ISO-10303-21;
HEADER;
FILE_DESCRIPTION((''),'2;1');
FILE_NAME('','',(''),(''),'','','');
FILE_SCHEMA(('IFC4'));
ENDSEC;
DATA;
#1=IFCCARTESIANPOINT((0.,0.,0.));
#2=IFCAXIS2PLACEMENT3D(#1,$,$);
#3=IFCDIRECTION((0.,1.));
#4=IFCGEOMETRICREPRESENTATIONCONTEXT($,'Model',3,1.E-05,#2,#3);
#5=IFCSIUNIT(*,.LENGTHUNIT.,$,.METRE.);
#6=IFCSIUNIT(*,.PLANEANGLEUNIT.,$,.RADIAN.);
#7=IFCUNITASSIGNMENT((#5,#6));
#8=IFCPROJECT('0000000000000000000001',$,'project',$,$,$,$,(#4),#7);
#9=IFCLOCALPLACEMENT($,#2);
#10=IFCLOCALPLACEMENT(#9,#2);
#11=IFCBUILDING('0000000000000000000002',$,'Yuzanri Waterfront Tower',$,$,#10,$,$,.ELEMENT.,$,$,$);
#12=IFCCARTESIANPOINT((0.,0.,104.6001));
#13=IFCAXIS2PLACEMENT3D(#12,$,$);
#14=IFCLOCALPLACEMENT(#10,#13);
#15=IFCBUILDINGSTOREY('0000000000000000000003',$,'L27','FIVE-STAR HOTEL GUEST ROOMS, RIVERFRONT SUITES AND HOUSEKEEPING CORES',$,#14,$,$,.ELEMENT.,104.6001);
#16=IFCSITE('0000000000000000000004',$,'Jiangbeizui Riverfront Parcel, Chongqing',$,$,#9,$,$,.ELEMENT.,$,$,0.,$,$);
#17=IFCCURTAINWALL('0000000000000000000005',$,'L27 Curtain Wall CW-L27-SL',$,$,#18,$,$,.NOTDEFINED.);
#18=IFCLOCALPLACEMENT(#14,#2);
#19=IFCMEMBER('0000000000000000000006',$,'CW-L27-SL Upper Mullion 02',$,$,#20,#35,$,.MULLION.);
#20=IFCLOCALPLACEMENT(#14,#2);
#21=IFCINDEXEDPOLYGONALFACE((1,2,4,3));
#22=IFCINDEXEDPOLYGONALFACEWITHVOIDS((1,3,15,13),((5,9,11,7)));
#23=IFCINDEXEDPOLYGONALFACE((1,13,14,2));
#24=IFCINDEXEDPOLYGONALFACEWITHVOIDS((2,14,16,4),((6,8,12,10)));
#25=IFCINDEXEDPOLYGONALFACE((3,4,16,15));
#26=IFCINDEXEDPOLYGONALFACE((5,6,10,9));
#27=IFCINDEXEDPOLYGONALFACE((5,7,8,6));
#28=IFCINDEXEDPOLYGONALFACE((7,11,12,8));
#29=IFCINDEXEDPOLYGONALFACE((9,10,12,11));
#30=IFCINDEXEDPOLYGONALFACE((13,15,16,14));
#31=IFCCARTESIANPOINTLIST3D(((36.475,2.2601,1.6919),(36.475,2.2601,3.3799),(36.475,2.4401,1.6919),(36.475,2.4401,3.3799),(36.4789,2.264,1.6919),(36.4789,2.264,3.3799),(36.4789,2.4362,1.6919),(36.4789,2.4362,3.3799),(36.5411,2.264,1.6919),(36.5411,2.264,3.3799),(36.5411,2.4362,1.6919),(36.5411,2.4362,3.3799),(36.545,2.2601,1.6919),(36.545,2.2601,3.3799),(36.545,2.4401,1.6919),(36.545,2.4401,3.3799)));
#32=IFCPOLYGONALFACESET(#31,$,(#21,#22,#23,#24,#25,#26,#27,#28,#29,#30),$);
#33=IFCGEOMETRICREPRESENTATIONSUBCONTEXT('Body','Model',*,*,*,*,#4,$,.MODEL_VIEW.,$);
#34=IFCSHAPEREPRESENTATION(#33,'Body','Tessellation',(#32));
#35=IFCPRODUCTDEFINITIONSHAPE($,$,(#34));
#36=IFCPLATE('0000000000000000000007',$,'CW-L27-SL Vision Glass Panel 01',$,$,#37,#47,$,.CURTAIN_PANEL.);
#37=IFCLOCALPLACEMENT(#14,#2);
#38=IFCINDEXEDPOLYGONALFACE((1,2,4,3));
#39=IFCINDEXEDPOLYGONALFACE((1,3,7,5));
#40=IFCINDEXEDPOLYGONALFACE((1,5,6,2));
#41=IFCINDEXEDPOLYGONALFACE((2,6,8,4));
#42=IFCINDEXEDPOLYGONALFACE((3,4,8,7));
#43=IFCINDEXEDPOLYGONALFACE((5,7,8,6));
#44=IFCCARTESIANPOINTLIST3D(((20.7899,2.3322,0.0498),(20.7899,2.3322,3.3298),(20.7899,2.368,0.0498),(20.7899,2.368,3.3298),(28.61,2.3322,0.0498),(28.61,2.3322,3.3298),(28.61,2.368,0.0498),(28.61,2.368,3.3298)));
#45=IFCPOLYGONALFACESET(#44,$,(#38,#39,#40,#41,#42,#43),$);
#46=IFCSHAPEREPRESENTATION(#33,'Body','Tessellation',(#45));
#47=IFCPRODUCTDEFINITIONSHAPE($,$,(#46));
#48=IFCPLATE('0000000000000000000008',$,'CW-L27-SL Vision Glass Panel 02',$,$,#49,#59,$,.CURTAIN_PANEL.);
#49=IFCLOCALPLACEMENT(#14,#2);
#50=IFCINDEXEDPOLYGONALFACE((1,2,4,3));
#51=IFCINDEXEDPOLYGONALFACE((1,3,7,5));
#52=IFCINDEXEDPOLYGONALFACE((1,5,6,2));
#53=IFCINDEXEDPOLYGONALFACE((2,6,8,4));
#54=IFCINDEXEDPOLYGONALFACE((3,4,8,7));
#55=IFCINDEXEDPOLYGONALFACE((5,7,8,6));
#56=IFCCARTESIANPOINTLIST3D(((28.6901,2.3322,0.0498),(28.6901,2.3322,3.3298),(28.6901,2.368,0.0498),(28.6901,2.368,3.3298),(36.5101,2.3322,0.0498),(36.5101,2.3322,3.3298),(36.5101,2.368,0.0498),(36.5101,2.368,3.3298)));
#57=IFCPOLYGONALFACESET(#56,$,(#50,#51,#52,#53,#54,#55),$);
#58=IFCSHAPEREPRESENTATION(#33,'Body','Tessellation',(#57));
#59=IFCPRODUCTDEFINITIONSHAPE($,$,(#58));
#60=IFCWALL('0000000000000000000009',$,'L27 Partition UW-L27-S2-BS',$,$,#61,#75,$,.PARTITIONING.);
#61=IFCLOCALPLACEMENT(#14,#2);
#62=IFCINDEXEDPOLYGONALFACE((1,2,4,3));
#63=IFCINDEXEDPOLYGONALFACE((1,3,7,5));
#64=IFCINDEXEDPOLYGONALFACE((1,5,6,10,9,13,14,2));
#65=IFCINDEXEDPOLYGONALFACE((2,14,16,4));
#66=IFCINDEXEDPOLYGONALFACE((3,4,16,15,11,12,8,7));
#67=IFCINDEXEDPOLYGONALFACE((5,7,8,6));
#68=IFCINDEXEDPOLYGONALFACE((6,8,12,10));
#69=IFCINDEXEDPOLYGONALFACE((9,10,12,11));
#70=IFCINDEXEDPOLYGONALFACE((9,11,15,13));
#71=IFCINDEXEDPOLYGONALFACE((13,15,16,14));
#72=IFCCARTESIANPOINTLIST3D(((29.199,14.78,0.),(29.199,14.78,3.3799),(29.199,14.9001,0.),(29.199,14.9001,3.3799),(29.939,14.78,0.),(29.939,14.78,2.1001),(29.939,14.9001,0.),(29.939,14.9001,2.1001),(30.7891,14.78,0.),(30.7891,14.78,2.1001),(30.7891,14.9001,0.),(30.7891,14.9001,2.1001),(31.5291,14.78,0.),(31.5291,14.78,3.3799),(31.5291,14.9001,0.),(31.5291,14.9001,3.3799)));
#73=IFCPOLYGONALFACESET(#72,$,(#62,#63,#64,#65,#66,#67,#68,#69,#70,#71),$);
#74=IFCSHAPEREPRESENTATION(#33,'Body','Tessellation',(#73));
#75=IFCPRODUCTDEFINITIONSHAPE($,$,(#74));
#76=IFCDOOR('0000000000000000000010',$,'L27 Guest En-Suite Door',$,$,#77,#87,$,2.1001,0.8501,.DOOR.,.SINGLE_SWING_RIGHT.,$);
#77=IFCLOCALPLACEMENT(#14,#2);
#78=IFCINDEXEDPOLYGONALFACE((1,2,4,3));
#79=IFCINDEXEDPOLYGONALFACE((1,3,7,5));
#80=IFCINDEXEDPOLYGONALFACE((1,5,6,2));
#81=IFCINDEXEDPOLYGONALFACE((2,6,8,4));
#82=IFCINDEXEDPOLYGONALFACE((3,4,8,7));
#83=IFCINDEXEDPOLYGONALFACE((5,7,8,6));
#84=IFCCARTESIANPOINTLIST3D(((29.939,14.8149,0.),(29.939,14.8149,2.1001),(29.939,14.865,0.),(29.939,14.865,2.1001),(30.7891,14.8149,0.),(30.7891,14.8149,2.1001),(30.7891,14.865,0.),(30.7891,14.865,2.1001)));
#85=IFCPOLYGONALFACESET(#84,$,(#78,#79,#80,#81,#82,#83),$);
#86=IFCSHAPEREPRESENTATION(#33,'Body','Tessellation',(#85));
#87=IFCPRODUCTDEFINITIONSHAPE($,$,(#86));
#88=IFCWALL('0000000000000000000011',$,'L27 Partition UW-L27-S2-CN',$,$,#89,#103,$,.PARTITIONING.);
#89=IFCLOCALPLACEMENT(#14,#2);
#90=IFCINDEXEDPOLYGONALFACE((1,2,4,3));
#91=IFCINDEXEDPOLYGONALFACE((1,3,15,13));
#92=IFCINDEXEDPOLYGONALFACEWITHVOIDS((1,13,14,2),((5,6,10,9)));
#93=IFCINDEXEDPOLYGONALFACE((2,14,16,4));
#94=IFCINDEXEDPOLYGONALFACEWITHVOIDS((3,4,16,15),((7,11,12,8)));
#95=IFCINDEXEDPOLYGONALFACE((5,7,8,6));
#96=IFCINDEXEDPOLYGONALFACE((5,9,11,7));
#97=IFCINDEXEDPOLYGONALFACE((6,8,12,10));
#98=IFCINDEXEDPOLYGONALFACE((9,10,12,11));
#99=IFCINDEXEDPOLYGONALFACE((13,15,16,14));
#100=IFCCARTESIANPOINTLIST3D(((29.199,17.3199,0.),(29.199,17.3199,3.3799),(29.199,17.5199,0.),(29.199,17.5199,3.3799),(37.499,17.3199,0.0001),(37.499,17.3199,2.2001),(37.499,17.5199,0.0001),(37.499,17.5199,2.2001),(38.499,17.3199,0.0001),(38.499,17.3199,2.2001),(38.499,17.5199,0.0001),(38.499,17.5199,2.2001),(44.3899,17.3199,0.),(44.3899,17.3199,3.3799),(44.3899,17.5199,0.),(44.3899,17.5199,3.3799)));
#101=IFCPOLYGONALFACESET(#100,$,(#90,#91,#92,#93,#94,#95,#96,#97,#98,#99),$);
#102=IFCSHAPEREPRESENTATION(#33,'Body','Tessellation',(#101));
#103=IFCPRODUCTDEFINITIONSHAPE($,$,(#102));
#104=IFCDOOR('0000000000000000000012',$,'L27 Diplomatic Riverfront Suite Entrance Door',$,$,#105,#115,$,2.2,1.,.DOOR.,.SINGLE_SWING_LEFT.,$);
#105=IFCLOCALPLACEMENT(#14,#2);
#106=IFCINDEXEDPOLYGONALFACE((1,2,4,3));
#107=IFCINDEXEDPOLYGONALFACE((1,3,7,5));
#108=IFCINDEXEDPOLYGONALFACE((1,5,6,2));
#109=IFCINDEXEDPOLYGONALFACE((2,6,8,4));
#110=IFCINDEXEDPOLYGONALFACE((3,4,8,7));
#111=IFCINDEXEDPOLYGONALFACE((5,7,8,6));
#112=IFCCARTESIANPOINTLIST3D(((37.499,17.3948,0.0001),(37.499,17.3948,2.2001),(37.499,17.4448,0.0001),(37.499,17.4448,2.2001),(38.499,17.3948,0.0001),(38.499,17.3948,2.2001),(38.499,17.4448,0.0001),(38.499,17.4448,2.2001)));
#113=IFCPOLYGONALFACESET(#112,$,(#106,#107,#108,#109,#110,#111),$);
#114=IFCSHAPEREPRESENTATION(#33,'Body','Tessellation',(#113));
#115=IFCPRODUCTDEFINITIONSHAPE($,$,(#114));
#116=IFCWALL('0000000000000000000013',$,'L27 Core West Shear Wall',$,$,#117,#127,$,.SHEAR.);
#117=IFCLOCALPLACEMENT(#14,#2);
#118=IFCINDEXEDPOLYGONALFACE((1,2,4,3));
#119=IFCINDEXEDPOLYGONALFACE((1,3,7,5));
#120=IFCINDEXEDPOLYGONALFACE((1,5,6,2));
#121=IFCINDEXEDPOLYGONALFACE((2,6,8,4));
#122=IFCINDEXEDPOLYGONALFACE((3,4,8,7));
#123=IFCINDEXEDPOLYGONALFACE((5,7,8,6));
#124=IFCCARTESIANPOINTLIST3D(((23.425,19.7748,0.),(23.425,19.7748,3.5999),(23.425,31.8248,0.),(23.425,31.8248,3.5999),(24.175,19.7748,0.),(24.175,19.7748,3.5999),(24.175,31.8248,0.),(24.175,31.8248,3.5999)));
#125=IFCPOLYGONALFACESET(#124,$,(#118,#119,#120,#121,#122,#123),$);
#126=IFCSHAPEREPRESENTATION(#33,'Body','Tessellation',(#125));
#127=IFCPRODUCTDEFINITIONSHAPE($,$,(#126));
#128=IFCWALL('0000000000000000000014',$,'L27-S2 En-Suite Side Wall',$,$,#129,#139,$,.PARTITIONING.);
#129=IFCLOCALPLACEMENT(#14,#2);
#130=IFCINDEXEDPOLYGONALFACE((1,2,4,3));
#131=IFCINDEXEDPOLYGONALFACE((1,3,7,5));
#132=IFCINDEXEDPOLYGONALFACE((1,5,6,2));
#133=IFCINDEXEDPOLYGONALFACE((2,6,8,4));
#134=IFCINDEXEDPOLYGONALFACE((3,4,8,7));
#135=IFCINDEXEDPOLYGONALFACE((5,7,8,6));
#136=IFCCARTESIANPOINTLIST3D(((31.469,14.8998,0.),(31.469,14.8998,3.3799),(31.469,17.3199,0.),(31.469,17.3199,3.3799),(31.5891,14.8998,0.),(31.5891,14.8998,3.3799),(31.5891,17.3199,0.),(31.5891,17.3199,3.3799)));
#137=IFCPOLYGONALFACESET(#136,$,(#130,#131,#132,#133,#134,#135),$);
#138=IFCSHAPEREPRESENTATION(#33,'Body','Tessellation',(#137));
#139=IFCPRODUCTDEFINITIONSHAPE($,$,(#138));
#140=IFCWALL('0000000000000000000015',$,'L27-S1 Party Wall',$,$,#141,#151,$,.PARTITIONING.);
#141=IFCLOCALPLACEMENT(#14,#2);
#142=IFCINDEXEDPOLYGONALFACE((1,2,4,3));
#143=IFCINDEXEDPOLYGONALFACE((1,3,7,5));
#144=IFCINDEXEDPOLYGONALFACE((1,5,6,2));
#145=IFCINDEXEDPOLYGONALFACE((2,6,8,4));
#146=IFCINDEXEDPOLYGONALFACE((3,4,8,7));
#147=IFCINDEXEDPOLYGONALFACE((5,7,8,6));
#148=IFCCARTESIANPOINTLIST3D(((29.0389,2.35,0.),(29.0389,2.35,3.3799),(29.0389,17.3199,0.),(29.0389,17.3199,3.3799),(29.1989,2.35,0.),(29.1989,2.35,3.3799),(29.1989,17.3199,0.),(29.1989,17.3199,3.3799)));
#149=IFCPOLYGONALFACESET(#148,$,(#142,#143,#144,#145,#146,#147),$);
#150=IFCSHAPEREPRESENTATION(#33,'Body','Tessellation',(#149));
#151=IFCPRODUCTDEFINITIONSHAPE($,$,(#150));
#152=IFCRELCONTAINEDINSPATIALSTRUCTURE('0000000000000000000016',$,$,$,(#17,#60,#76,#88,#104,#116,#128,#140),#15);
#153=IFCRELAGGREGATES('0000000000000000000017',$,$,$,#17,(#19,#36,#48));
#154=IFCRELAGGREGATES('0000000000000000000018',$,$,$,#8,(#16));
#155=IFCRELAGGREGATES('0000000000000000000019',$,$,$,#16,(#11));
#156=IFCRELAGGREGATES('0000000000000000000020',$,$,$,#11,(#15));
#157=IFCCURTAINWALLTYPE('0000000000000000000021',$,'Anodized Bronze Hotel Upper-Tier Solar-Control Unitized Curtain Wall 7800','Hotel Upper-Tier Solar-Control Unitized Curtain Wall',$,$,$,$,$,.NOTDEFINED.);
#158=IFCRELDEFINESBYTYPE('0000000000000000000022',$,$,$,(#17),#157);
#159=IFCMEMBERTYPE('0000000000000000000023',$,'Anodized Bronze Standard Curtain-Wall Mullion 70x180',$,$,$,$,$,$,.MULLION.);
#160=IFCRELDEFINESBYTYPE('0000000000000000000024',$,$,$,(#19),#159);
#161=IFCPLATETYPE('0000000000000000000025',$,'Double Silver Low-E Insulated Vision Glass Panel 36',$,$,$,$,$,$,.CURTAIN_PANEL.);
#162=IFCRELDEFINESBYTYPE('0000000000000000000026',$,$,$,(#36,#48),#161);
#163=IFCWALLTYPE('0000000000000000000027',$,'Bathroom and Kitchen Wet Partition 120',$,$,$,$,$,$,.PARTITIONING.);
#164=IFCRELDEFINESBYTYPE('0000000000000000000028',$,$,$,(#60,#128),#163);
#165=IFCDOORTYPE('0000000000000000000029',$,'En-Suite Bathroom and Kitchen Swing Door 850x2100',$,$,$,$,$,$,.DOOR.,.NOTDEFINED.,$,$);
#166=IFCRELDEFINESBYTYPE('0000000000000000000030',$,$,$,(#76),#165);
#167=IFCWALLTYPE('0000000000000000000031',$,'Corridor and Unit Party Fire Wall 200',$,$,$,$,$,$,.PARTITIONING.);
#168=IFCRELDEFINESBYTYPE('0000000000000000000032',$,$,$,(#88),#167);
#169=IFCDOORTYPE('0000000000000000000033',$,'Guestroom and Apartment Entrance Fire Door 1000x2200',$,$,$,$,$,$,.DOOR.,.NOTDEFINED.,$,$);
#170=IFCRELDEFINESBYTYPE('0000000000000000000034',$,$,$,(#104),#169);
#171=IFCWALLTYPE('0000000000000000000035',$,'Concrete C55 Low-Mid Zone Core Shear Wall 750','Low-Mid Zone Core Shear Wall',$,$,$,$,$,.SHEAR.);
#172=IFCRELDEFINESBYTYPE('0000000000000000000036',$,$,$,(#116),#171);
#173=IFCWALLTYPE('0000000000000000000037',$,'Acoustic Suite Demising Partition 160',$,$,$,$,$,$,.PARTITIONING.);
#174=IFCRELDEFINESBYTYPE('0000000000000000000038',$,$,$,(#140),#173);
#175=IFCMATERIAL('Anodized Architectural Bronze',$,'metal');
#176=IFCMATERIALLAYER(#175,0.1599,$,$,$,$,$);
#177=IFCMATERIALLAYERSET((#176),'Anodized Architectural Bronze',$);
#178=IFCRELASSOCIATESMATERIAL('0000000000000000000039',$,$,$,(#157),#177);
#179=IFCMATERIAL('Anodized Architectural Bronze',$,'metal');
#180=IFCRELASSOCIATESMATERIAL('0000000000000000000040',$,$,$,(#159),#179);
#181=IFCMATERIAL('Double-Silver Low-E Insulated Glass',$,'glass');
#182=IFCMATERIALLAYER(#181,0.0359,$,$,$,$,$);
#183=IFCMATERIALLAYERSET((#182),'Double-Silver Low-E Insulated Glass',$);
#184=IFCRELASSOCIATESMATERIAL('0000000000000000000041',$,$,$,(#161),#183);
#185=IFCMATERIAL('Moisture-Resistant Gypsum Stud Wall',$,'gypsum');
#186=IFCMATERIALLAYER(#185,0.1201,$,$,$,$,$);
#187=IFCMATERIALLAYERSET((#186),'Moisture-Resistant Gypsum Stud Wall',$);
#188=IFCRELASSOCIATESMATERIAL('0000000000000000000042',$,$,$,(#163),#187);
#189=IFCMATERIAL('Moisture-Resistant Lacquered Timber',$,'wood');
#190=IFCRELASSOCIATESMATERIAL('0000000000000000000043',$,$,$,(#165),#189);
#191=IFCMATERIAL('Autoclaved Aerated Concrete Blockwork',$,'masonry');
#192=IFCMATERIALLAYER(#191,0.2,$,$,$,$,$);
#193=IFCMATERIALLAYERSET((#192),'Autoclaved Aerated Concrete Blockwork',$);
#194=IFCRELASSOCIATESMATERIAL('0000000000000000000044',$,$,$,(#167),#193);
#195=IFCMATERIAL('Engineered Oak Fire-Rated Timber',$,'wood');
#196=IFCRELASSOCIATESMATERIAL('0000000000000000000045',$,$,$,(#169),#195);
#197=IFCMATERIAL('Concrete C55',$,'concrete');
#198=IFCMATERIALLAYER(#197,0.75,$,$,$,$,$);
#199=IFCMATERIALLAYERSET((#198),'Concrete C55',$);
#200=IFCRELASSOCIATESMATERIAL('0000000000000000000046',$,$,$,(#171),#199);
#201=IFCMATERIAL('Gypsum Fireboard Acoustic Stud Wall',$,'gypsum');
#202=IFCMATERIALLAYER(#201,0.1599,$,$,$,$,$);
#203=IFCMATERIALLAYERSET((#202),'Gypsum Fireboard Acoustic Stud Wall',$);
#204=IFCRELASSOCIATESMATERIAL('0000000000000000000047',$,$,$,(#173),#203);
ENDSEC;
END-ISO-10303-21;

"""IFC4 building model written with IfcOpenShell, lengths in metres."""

from ifc_helpers import new_model, si_unit, direction, frame, frame_2d, origin, origin_2d, place, context, subcontext, project, spatial, rectangle, hollow_rectangle, extrude, source, transform, mapped, material, layer, layer_set, material_profile, profile_set, type_object, element, fill, aggregate, save


model = new_model("IFC4")

# Units and contexts
model_context = context("Model", 3, precision=1e-05, world=origin(), true_north=direction((0.0, 1.0)))
body_context = subcontext(model_context, "Body", "Model", "MODEL_VIEW")
ifc_project = project(units=[si_unit("LENGTHUNIT", "METRE"), si_unit("PLANEANGLEUNIT", "RADIAN")], contexts=[model_context])

# Site, building, storey
site_placement = place(None, origin())
site = spatial("IfcSite", under=ifc_project, at=site_placement, Name="Jiangbeizui Riverfront Parcel, Chongqing", CompositionType="ELEMENT", RefElevation=0.0)
building_placement = place(site_placement, origin())
building = spatial("IfcBuilding", under=site, at=building_placement, Name="Yuzanri Waterfront Tower", CompositionType="ELEMENT")
storey_placement = place(building_placement, frame((0.0, 0.0, 104.6001)))
storey = spatial("IfcBuildingStorey", under=building, at=storey_placement, Name="L27", Description="FIVE-STAR HOTEL GUEST ROOMS, RIVERFRONT SUITES AND HOUSEKEEPING CORES", CompositionType="ELEMENT", Elevation=104.6001)

# Curtain wall, member, plates
ifc_material_1 = material(Name="Anodized Architectural Bronze", Category="metal")
ifc_layer_1 = layer(ifc_material_1, 0.1599)
ifc_layer_set_1 = layer_set([ifc_layer_1], Name="Anodized Architectural Bronze")
curtain_wall_type = type_object("IfcCurtainWallType", Name="Anodized Bronze Hotel Upper-Tier Solar-Control Unitized Curtain Wall 7800", Description="Hotel Upper-Tier Solar-Control Unitized Curtain Wall", PredefinedType="NOTDEFINED", material=ifc_layer_set_1)
curtain_wall_placement = place(storey_placement, origin())
curtain_wall = element("IfcCurtainWall", 1, at=curtain_wall_placement, inside=storey, type_object=curtain_wall_type, Name="L27 Curtain Wall CW-L27-SL", PredefinedType="NOTDEFINED")
ifc_material_2 = material(Name="Anodized Architectural Bronze", Category="metal")
ifc_material_profile_1 = material_profile(ifc_material_2, hollow_rectangle(XDim=0.0701, YDim=0.1799, WallThickness=0.0039, at=origin_2d()), Name="CWM 70x180")
ifc_profile_set_1 = profile_set([ifc_material_profile_1], Name="Anodized Architectural Bronze")
member_type = type_object("IfcMemberType", Name="Anodized Bronze Standard Curtain-Wall Mullion 70x180", PredefinedType="MULLION", material=ifc_profile_set_1)
shared_shape_1 = source(origin(), body_context, "Body", "SweptSolid", [
    extrude(hollow_rectangle(XDim=0.0701, YDim=0.1799, WallThickness=0.0039, at=origin_2d()), origin(), (0.0, 0.0, 1.0), 1.688),
])
member_1_placement = place(storey_placement, frame((36.51, 2.3501, 1.6919), z_axis=(0.0, 0.0, 1.0), x_axis=(1.0, 0.0, 0.0)))
member_1 = element("IfcMember", 2, at=member_1_placement, type_object=member_type, Name="CW-L27-SL Upper Mullion 02", PredefinedType="MULLION", context=body_context, shape_type="MappedRepresentation", body=[
    mapped(shared_shape_1, transform((0.0, 0.0, 0.0), scale=1.0)),
])
ifc_material_3 = material(Name="Double-Silver Low-E Insulated Glass", Category="glass")
ifc_layer_2 = layer(ifc_material_3, 0.0359)
ifc_layer_set_2 = layer_set([ifc_layer_2], Name="Double-Silver Low-E Insulated Glass")
plate_type = type_object("IfcPlateType", Name="Double Silver Low-E Insulated Vision Glass Panel 36", PredefinedType="CURTAIN_PANEL", material=ifc_layer_set_2)
shared_shape_2 = source(origin(), body_context, "Body", "SweptSolid", [
    extrude(rectangle(XDim=7.8201, YDim=0.0359, at=origin_2d()), origin(), (0.0, 0.0, 1.0), 3.28),
])
plate_1_placement = place(storey_placement, frame((24.7, 2.3501, 0.0498), z_axis=(0.0, 0.0, 1.0), x_axis=(1.0, 0.0, 0.0)))
plate_1 = element("IfcPlate", 3, at=plate_1_placement, type_object=plate_type, Name="CW-L27-SL Vision Glass Panel 01", PredefinedType="CURTAIN_PANEL", context=body_context, shape_type="MappedRepresentation", body=[
    mapped(shared_shape_2, transform((0.0, 0.0, 0.0), scale=1.0)),
])
plate_2_placement = place(storey_placement, frame((32.6001, 2.3501, 0.0498), z_axis=(0.0, 0.0, 1.0), x_axis=(1.0, 0.0, 0.0)))
plate_2 = element("IfcPlate", 4, at=plate_2_placement, type_object=plate_type, Name="CW-L27-SL Vision Glass Panel 02", PredefinedType="CURTAIN_PANEL", context=body_context, shape_type="MappedRepresentation", body=[
    mapped(shared_shape_2, transform((0.0, 0.0, 0.0), scale=1.0)),
])
aggregate(curtain_wall, [member_1, plate_1, plate_2])

# Walls, openings, doors
ifc_material_4 = material(Name="Moisture-Resistant Gypsum Stud Wall", Category="gypsum")
ifc_layer_3 = layer(ifc_material_4, 0.1201)
ifc_layer_set_3 = layer_set([ifc_layer_3], Name="Moisture-Resistant Gypsum Stud Wall")
wall_type_1 = type_object("IfcWallType", Name="Bathroom and Kitchen Wet Partition 120", PredefinedType="PARTITIONING", material=ifc_layer_set_3)
wall_1_placement = place(storey_placement, frame((29.199, 14.8401, 0.0), z_axis=(0.0, 0.0, 1.0), x_axis=(1.0, 0.0, 0.0)))
wall_1 = element("IfcWall", 5, at=wall_1_placement, inside=storey, type_object=wall_type_1, Name="L27 Partition UW-L27-S2-BS", PredefinedType="PARTITIONING", context=body_context, shape_type="SweptSolid", body=[
    extrude(rectangle(XDim=2.3301, YDim=0.1201, at=frame_2d((1.165, 0.0))), origin(), (0.0, 0.0, 1.0), 3.3799),
])
opening_1_placement = place(wall_1_placement, frame((0.74, 0.0, 0.0)))
opening_1 = element("IfcOpeningElement", 6, at=opening_1_placement, cuts=wall_1, PredefinedType="OPENING", context=body_context, shape_type="SweptSolid", body=[
    extrude(rectangle(XDim=0.8501, YDim=2.1001, at=frame_2d((0.425, 1.05))), frame((0.0, 0.075, 0.0), z_axis=(0.0, -1.0, 0.0), x_axis=(1.0, 0.0, 0.0)), (0.0, 0.0, 1.0), 0.1499),
])
ifc_material_5 = material(Name="Moisture-Resistant Lacquered Timber", Category="wood")
door_type_1 = type_object("IfcDoorType", Name="En-Suite Bathroom and Kitchen Swing Door 850x2100", OperationType="NOTDEFINED", PredefinedType="DOOR", material=ifc_material_5)
shared_shape_3 = source(origin(), body_context, "Body", "SweptSolid", [
    extrude(rectangle(XDim=0.8501, YDim=2.1001, at=frame_2d((0.425, 1.05))), frame((0.0, 0.0249, 0.0), z_axis=(0.0, -1.0, 0.0), x_axis=(1.0, 0.0, 0.0)), (0.0, 0.0, 1.0), 0.05),
])
door_1_placement = place(opening_1_placement, origin())
door_1 = element("IfcDoor", 7, at=door_1_placement, inside=storey, type_object=door_type_1, Name="L27 Guest En-Suite Door", OperationType="SINGLE_SWING_RIGHT", OverallHeight=2.1001, OverallWidth=0.8501, PredefinedType="DOOR", context=body_context, shape_type="MappedRepresentation", body=[
    mapped(shared_shape_3, transform((0.0, 0.0, 0.0), scale=1.0)),
])
fill(opening_1, door_1)
ifc_material_6 = material(Name="Autoclaved Aerated Concrete Blockwork", Category="masonry")
ifc_layer_4 = layer(ifc_material_6, 0.2)
ifc_layer_set_4 = layer_set([ifc_layer_4], Name="Autoclaved Aerated Concrete Blockwork")
wall_type_2 = type_object("IfcWallType", Name="Corridor and Unit Party Fire Wall 200", PredefinedType="PARTITIONING", material=ifc_layer_set_4)
wall_2_placement = place(storey_placement, frame((29.199, 17.4199, 0.0), z_axis=(0.0, 0.0, 1.0), x_axis=(1.0, 0.0, 0.0)))
wall_2 = element("IfcWall", 8, at=wall_2_placement, inside=storey, type_object=wall_type_2, Name="L27 Partition UW-L27-S2-CN", PredefinedType="PARTITIONING", context=body_context, shape_type="SweptSolid", body=[
    extrude(rectangle(XDim=15.1909, YDim=0.2, at=frame_2d((7.5955, 0.0))), origin(), (0.0, 0.0, 1.0), 3.3799),
])
opening_2_placement = place(wall_2_placement, frame((8.3, 0.0, 0.0)))
opening_2 = element("IfcOpeningElement", 9, at=opening_2_placement, cuts=wall_2, PredefinedType="OPENING", context=body_context, shape_type="SweptSolid", body=[
    extrude(rectangle(XDim=1.0, YDim=2.2, at=frame_2d((0.5, 1.1001))), frame((0.0, 0.1147, 0.0), z_axis=(0.0, -1.0, 0.0), x_axis=(1.0, 0.0, 0.0)), (0.0, 0.0, 1.0), 0.2297),
])
ifc_material_7 = material(Name="Engineered Oak Fire-Rated Timber", Category="wood")
door_type_2 = type_object("IfcDoorType", Name="Guestroom and Apartment Entrance Fire Door 1000x2200", OperationType="NOTDEFINED", PredefinedType="DOOR", material=ifc_material_7)
shared_shape_4 = source(origin(), body_context, "Body", "SweptSolid", [
    extrude(rectangle(XDim=1.0, YDim=2.2, at=frame_2d((0.5, 1.1001))), frame((0.0, 0.0249, 0.0), z_axis=(0.0, -1.0, 0.0), x_axis=(1.0, 0.0, 0.0)), (0.0, 0.0, 1.0), 0.05),
])
door_2_placement = place(opening_2_placement, origin())
door_2 = element("IfcDoor", 10, at=door_2_placement, inside=storey, type_object=door_type_2, Name="L27 Diplomatic Riverfront Suite Entrance Door", OperationType="SINGLE_SWING_LEFT", OverallHeight=2.2, OverallWidth=1.0, PredefinedType="DOOR", context=body_context, shape_type="MappedRepresentation", body=[
    mapped(shared_shape_4, transform((0.0, 0.0, 0.0), scale=1.0)),
])
fill(opening_2, door_2)

# Walls
ifc_material_8 = material(Name="Concrete C55", Category="concrete")
ifc_layer_5 = layer(ifc_material_8, 0.75)
ifc_layer_set_5 = layer_set([ifc_layer_5], Name="Concrete C55")
wall_type_3 = type_object("IfcWallType", Name="Concrete C55 Low-Mid Zone Core Shear Wall 750", Description="Low-Mid Zone Core Shear Wall", PredefinedType="SHEAR", material=ifc_layer_set_5)
shared_shape_5 = source(origin(), body_context, "Body", "SweptSolid", [
    extrude(rectangle(XDim=12.05, YDim=0.75, at=frame_2d((6.0249, 0.0))), origin(), (0.0, 0.0, 1.0), 3.5999),
])
wall_3_placement = place(storey_placement, frame((23.8, 19.7749, 0.0), z_axis=(0.0, 0.0, 1.0), x_axis=(0.0, 1.0, 0.0)))
element("IfcWall", 11, at=wall_3_placement, inside=storey, type_object=wall_type_3, Name="L27 Core West Shear Wall", PredefinedType="SHEAR", context=body_context, shape_type="MappedRepresentation", body=[
    mapped(shared_shape_5, transform((0.0, 0.0, 0.0), scale=1.0)),
])
shared_shape_6 = source(origin(), body_context, "Body", "SweptSolid", [
    extrude(rectangle(XDim=2.4202, YDim=0.1201, at=frame_2d((1.21, 0.0))), origin(), (0.0, 0.0, 1.0), 3.3799),
])
wall_4_placement = place(storey_placement, frame((31.5291, 14.8999, 0.0), z_axis=(0.0, 0.0, 1.0), x_axis=(0.0, 1.0, 0.0)))
element("IfcWall", 12, at=wall_4_placement, inside=storey, type_object=wall_type_1, Name="L27-S2 En-Suite Side Wall", PredefinedType="PARTITIONING", context=body_context, shape_type="MappedRepresentation", body=[
    mapped(shared_shape_6, transform((0.0, 0.0, 0.0), scale=1.0)),
])
ifc_material_9 = material(Name="Gypsum Fireboard Acoustic Stud Wall", Category="gypsum")
ifc_layer_6 = layer(ifc_material_9, 0.1599)
ifc_layer_set_6 = layer_set([ifc_layer_6], Name="Gypsum Fireboard Acoustic Stud Wall")
wall_type_4 = type_object("IfcWallType", Name="Acoustic Suite Demising Partition 160", PredefinedType="PARTITIONING", material=ifc_layer_set_6)
shared_shape_7 = source(origin(), body_context, "Body", "SweptSolid", [
    extrude(rectangle(XDim=14.97, YDim=0.1599, at=frame_2d((7.4849, 0.0))), origin(), (0.0, 0.0, 1.0), 3.3799),
])
wall_5_placement = place(storey_placement, frame((29.1189, 2.3501, 0.0), z_axis=(0.0, 0.0, 1.0), x_axis=(0.0, 1.0, 0.0)))
element("IfcWall", 13, at=wall_5_placement, inside=storey, type_object=wall_type_4, Name="L27-S1 Party Wall", PredefinedType="PARTITIONING", context=body_context, shape_type="MappedRepresentation", body=[
    mapped(shared_shape_7, transform((0.0, 0.0, 0.0), scale=1.0)),
])

save(model, "model.ifc")
